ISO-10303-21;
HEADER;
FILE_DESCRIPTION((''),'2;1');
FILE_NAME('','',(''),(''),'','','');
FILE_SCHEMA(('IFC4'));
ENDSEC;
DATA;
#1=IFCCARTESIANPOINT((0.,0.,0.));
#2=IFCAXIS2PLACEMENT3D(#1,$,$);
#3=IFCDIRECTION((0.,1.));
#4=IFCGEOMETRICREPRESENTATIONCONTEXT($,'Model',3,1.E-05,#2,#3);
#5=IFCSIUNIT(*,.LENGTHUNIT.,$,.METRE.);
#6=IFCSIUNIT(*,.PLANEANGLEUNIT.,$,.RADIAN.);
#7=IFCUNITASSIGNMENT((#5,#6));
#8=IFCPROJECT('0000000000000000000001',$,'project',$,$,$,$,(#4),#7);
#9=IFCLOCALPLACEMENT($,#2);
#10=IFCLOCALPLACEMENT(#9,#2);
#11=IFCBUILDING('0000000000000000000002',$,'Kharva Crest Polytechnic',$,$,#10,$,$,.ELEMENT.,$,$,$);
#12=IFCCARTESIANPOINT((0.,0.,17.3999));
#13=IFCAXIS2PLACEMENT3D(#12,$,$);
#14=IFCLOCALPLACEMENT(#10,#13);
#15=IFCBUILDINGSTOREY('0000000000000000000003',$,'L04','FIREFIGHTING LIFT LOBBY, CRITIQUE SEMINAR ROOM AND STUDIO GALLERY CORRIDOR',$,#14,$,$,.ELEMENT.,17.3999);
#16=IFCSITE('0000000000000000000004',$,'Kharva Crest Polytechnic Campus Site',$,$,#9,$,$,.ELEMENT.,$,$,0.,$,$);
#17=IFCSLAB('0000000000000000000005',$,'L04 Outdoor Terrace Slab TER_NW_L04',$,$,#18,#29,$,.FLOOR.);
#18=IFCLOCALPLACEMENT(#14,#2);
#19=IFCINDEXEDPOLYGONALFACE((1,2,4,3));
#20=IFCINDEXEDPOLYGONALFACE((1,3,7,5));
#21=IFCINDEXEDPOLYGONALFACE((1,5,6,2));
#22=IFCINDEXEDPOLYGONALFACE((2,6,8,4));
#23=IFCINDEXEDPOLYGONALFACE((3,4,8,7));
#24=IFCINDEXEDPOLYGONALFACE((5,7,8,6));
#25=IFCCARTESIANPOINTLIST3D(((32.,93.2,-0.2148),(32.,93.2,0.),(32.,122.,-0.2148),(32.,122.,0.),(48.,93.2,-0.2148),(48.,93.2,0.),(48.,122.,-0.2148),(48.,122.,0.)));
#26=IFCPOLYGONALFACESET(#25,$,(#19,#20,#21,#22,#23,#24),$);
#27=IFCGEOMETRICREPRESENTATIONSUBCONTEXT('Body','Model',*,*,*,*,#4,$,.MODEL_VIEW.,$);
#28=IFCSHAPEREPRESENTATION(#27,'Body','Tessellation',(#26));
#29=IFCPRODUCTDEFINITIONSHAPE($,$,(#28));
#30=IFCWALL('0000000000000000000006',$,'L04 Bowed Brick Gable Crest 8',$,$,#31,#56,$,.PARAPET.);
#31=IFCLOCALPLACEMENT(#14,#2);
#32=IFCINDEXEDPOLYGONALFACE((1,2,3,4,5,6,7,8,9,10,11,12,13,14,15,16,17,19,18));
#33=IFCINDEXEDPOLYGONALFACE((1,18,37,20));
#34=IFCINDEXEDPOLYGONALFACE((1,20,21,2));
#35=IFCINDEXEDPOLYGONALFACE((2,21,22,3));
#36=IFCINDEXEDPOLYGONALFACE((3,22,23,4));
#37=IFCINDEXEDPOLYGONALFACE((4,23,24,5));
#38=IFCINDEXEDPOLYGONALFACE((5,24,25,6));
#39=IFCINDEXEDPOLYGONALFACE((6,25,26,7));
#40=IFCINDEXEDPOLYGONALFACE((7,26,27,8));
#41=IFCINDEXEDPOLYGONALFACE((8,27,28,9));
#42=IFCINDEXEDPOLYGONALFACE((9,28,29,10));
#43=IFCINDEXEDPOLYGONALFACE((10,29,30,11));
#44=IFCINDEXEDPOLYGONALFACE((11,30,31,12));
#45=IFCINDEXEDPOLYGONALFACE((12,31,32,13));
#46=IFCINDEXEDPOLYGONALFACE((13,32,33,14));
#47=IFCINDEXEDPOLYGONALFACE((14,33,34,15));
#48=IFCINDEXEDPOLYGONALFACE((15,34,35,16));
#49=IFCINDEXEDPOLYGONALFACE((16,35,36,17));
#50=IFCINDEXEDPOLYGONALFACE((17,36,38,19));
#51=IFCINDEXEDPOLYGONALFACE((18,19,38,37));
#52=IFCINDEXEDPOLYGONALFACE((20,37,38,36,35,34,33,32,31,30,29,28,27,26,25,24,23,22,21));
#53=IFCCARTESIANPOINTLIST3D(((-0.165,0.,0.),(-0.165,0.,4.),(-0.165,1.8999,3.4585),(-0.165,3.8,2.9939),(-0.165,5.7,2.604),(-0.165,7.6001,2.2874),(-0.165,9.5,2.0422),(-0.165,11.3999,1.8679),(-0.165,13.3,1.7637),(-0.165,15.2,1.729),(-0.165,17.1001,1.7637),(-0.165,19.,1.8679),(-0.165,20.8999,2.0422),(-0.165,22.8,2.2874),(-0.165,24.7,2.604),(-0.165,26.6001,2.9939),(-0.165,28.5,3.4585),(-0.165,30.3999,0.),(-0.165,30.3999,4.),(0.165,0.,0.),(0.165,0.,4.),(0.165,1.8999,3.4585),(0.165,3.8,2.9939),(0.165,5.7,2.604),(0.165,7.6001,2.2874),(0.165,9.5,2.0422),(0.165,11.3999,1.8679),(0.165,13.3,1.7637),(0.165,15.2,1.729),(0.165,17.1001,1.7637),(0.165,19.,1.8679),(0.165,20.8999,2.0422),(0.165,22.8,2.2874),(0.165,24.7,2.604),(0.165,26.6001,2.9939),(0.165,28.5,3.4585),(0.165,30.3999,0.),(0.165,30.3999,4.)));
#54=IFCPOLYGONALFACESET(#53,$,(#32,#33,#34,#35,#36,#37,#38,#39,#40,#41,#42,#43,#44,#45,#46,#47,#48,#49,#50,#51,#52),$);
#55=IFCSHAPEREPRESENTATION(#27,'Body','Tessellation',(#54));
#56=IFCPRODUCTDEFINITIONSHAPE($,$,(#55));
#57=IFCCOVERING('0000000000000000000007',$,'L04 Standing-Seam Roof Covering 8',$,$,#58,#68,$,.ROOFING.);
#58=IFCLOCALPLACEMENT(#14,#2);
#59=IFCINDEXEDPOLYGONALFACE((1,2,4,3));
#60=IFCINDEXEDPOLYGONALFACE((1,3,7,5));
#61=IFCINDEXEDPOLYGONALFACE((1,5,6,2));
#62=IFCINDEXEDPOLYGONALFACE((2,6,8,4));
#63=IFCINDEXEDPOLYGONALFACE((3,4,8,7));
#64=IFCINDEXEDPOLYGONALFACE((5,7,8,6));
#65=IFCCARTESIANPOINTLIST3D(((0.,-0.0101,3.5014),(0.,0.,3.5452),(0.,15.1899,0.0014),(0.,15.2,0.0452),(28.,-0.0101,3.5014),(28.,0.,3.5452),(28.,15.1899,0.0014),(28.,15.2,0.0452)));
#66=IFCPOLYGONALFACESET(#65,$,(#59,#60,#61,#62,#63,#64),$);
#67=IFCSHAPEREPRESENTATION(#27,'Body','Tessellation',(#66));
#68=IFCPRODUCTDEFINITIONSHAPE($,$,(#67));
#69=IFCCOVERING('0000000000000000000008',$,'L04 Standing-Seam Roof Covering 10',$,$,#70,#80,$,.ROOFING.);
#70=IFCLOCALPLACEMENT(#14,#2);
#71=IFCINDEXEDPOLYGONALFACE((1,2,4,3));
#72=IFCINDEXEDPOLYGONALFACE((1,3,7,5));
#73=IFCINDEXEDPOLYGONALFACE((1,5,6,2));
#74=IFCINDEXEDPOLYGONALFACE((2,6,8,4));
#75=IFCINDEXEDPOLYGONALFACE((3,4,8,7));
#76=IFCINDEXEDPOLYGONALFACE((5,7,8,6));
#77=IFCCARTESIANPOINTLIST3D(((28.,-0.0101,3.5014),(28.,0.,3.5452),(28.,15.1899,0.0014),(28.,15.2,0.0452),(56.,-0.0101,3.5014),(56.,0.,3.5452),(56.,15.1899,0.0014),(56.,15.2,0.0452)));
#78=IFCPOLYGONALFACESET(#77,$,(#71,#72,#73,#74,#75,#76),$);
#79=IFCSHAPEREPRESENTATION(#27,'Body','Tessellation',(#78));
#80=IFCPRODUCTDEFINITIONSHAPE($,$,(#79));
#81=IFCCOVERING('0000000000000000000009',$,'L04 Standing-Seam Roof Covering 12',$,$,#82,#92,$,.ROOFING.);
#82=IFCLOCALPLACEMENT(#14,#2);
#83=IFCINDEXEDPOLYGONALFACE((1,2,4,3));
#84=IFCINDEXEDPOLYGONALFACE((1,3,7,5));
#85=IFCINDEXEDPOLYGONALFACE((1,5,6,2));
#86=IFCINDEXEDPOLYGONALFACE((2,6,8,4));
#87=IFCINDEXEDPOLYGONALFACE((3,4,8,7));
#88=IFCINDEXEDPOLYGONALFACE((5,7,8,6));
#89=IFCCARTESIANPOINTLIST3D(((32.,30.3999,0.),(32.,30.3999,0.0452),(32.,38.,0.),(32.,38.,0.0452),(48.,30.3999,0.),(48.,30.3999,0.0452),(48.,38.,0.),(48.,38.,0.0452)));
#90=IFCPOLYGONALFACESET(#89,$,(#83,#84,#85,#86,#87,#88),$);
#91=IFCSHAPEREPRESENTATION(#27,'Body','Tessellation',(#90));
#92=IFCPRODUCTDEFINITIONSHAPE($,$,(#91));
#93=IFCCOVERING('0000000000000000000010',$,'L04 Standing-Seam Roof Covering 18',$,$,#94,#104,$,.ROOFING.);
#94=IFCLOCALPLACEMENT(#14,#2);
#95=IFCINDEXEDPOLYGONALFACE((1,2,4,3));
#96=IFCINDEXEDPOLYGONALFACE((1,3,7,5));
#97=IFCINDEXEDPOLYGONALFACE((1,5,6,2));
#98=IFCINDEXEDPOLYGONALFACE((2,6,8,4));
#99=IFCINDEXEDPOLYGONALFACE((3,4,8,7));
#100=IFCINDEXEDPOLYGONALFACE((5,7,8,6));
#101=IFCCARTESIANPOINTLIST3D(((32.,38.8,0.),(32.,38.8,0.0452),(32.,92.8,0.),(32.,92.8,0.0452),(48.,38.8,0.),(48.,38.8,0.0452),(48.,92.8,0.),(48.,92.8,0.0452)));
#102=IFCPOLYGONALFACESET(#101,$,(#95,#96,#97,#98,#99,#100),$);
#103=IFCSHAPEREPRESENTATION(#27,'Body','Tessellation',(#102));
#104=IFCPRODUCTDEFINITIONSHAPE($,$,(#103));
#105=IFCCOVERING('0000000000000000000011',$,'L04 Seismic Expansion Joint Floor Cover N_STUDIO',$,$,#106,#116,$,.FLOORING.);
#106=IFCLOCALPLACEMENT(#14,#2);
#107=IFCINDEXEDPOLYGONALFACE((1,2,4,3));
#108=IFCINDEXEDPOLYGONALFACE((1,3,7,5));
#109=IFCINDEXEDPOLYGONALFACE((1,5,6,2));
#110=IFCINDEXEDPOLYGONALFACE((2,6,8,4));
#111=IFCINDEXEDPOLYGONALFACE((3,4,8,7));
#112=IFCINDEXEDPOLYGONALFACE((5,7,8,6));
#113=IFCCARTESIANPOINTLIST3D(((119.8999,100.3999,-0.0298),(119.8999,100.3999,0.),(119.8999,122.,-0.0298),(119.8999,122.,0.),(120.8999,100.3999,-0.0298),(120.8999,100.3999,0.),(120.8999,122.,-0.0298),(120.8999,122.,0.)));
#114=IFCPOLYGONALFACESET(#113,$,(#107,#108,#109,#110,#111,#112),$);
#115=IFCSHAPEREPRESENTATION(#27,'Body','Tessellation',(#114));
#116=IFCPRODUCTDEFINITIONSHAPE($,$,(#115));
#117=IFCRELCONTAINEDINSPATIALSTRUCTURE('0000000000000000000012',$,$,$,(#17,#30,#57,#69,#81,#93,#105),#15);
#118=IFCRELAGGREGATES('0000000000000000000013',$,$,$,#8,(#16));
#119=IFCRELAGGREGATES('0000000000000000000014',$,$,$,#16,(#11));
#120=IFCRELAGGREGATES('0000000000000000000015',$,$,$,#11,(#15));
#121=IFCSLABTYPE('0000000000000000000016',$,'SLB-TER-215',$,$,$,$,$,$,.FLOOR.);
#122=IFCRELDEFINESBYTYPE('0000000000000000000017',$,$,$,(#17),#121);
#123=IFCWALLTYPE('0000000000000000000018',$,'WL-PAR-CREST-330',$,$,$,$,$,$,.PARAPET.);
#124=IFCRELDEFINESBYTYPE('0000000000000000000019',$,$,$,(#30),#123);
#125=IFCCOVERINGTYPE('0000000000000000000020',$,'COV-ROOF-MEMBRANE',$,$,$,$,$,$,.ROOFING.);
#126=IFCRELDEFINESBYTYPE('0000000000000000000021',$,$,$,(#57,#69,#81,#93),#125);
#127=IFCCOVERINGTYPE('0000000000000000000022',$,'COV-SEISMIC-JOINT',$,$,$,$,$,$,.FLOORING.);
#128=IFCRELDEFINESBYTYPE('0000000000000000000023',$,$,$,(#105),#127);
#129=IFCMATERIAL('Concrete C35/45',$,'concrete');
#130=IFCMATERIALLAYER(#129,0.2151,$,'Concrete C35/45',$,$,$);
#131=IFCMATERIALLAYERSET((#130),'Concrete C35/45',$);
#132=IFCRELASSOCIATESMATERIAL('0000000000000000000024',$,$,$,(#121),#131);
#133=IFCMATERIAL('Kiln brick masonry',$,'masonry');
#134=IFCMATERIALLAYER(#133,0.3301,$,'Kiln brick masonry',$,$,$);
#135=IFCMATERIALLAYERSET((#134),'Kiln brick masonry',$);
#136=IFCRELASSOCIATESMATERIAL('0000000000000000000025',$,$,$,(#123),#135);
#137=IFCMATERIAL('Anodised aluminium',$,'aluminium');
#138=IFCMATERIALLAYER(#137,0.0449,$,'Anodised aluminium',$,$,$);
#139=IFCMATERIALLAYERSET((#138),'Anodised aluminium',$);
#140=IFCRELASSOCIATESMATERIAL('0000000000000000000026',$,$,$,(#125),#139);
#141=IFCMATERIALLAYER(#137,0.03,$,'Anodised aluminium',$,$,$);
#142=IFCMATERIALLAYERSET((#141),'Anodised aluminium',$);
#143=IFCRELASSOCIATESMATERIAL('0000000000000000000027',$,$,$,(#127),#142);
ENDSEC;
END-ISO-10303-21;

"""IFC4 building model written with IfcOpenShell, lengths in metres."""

from ifc_helpers import new_model, si_unit, direction, frame, origin, place, context, subcontext, project, spatial, polyline, outline, extrude, material, layer, layer_set, type_object, element, save


model = new_model("IFC4")

# Units and contexts
model_context = context("Model", 3, precision=1e-05, world=origin(), true_north=direction((0.0, 1.0)))
body_context = subcontext(model_context, "Body", "Model", "MODEL_VIEW")
ifc_project = project(units=[si_unit("LENGTHUNIT", "METRE"), si_unit("PLANEANGLEUNIT", "RADIAN")], contexts=[model_context])

# Site, building, storey
site_placement = place(None, origin())
site = spatial("IfcSite", under=ifc_project, at=site_placement, Name="Kharva Crest Polytechnic Campus Site", CompositionType="ELEMENT", RefElevation=0.0)
building_placement = place(site_placement, origin())
building = spatial("IfcBuilding", under=site, at=building_placement, Name="Kharva Crest Polytechnic", CompositionType="ELEMENT")
storey_placement = place(building_placement, frame((0.0, 0.0, 17.3999)))
storey = spatial("IfcBuildingStorey", under=building, at=storey_placement, Name="L04", Description="FIREFIGHTING LIFT LOBBY, CRITIQUE SEMINAR ROOM AND STUDIO GALLERY CORRIDOR", CompositionType="ELEMENT", Elevation=17.3999)

# Shared definitions
ifc_material_1 = material(Name="Concrete C35/45", Category="concrete")

# Slab
ifc_layer_1 = layer(ifc_material_1, 0.2151, Name="Concrete C35/45")
ifc_layer_set_1 = layer_set([ifc_layer_1], Name="Concrete C35/45")
slab_type_1 = type_object("IfcSlabType", Name="SLB-TER-215", PredefinedType="FLOOR", material=ifc_layer_set_1)
slab_1_placement = place(storey_placement, frame((0.0, 0.0, -0.2148)))
element("IfcSlab", 1, at=slab_1_placement, inside=storey, type_object=slab_type_1, Name="L04 Outdoor Terrace Slab TER_NW_L04", PredefinedType="FLOOR", context=body_context, shape_type="SweptSolid", body=[
    extrude(outline(polyline([(32.0, 93.2), (48.0, 93.2), (48.0, 122.0), (32.0, 122.0), (32.0, 93.2)])), origin(), (0.0, 0.0, 1.0), 0.2148),
])

# Wall
ifc_material_2 = material(Name="Kiln brick masonry", Category="masonry")
ifc_layer_2 = layer(ifc_material_2, 0.3301, Name="Kiln brick masonry")
ifc_layer_set_2 = layer_set([ifc_layer_2], Name="Kiln brick masonry")
wall_type = type_object("IfcWallType", Name="WL-PAR-CREST-330", PredefinedType="PARAPET", material=ifc_layer_set_2)
wall_placement = place(storey_placement, frame((0.0, 0.0, 0.0), z_axis=(0.0, 0.0, 1.0), x_axis=(0.0, 1.0, 0.0)))
element("IfcWall", 2, at=wall_placement, inside=storey, type_object=wall_type, Name="L04 Bowed Brick Gable Crest 8", PredefinedType="PARAPET", context=body_context, shape_type="SweptSolid", body=[
    extrude(outline(polyline([(0.0, 0.0), (30.3999, 0.0), (30.3999, 4.0), (28.5, 3.4585), (26.6001, 2.9939), (24.7, 2.604), (22.8, 2.2874), (20.8999, 2.0422), (19.0, 1.8679), (17.1001, 1.7637), (15.2, 1.729), (13.3, 1.7637), (11.3999, 1.8679), (9.5, 2.0422), (7.6001, 2.2874), (5.7, 2.604), (3.8, 2.9939), (1.8999, 3.4585), (0.0, 4.0), (0.0, 0.0)])), frame((0.0, 0.165, 0.0), z_axis=(0.0, -1.0, 0.0), x_axis=(1.0, 0.0, 0.0)), (0.0, 0.0, 1.0), 0.3301),
])

# Coverings
ifc_material_3 = material(Name="Anodised aluminium", Category="aluminium")
ifc_layer_3 = layer(ifc_material_3, 0.0449, Name="Anodised aluminium")
ifc_layer_set_3 = layer_set([ifc_layer_3], Name="Anodised aluminium")
covering_type_1 = type_object("IfcCoveringType", Name="COV-ROOF-MEMBRANE", PredefinedType="ROOFING", material=ifc_layer_set_3)
for number, where, z_axis, x_axis, name in (
    (3, (0.0, 0.0, 3.5452), (0.0, 0.224392, 0.974499), (1.0, 0.0, 0.0), "L04 Standing-Seam Roof Covering 8"),
    (4, (28.0, 0.0, 3.5452), (0.0, 0.224392, 0.974499), (1.0, 0.0, 0.0), "L04 Standing-Seam Roof Covering 10"),
):
    element("IfcCovering", number, at=place(storey_placement, frame(where, z_axis=z_axis, x_axis=x_axis)), inside=storey, type_object=covering_type_1, Name=name, PredefinedType="ROOFING", context=body_context, shape_type="SweptSolid", body=[
        extrude(outline(polyline([(0.0, 0.0), (28.0, 0.0), (28.0, 15.5977), (0.0, 15.5977), (0.0, 0.0)])), origin(), (0.0, 0.0, -1.0), 0.0449),
    ])
covering_1_placement = place(storey_placement, origin())
element("IfcCovering", 5, at=covering_1_placement, inside=storey, type_object=covering_type_1, Name="L04 Standing-Seam Roof Covering 12", PredefinedType="ROOFING", context=body_context, shape_type="SweptSolid", body=[
    extrude(outline(polyline([(32.0, 30.3999), (48.0, 30.3999), (48.0, 38.0), (32.0, 38.0), (32.0, 30.3999)])), origin(), (0.0, 0.0, 1.0), 0.0452),
])
covering_2_placement = place(storey_placement, origin())
element("IfcCovering", 6, at=covering_2_placement, inside=storey, type_object=covering_type_1, Name="L04 Standing-Seam Roof Covering 18", PredefinedType="ROOFING", context=body_context, shape_type="SweptSolid", body=[
    extrude(outline(polyline([(32.0, 38.8), (48.0, 38.8), (48.0, 92.8), (32.0, 92.8), (32.0, 38.8)])), origin(), (0.0, 0.0, 1.0), 0.0452),
])
ifc_layer_4 = layer(ifc_material_3, 0.03, Name="Anodised aluminium")
ifc_layer_set_4 = layer_set([ifc_layer_4], Name="Anodised aluminium")
covering_type_2 = type_object("IfcCoveringType", Name="COV-SEISMIC-JOINT", PredefinedType="FLOORING", material=ifc_layer_set_4)
covering_3_placement = place(storey_placement, frame((0.0, 0.0, -0.0298)))
element("IfcCovering", 7, at=covering_3_placement, inside=storey, type_object=covering_type_2, Name="L04 Seismic Expansion Joint Floor Cover N_STUDIO", PredefinedType="FLOORING", context=body_context, shape_type="SweptSolid", body=[
    extrude(outline(polyline([(119.8999, 100.3999), (120.8999, 100.3999), (120.8999, 122.0), (119.8999, 122.0), (119.8999, 100.3999)])), origin(), (0.0, 0.0, 1.0), 0.0298),
])

save(model, "model.ifc")
